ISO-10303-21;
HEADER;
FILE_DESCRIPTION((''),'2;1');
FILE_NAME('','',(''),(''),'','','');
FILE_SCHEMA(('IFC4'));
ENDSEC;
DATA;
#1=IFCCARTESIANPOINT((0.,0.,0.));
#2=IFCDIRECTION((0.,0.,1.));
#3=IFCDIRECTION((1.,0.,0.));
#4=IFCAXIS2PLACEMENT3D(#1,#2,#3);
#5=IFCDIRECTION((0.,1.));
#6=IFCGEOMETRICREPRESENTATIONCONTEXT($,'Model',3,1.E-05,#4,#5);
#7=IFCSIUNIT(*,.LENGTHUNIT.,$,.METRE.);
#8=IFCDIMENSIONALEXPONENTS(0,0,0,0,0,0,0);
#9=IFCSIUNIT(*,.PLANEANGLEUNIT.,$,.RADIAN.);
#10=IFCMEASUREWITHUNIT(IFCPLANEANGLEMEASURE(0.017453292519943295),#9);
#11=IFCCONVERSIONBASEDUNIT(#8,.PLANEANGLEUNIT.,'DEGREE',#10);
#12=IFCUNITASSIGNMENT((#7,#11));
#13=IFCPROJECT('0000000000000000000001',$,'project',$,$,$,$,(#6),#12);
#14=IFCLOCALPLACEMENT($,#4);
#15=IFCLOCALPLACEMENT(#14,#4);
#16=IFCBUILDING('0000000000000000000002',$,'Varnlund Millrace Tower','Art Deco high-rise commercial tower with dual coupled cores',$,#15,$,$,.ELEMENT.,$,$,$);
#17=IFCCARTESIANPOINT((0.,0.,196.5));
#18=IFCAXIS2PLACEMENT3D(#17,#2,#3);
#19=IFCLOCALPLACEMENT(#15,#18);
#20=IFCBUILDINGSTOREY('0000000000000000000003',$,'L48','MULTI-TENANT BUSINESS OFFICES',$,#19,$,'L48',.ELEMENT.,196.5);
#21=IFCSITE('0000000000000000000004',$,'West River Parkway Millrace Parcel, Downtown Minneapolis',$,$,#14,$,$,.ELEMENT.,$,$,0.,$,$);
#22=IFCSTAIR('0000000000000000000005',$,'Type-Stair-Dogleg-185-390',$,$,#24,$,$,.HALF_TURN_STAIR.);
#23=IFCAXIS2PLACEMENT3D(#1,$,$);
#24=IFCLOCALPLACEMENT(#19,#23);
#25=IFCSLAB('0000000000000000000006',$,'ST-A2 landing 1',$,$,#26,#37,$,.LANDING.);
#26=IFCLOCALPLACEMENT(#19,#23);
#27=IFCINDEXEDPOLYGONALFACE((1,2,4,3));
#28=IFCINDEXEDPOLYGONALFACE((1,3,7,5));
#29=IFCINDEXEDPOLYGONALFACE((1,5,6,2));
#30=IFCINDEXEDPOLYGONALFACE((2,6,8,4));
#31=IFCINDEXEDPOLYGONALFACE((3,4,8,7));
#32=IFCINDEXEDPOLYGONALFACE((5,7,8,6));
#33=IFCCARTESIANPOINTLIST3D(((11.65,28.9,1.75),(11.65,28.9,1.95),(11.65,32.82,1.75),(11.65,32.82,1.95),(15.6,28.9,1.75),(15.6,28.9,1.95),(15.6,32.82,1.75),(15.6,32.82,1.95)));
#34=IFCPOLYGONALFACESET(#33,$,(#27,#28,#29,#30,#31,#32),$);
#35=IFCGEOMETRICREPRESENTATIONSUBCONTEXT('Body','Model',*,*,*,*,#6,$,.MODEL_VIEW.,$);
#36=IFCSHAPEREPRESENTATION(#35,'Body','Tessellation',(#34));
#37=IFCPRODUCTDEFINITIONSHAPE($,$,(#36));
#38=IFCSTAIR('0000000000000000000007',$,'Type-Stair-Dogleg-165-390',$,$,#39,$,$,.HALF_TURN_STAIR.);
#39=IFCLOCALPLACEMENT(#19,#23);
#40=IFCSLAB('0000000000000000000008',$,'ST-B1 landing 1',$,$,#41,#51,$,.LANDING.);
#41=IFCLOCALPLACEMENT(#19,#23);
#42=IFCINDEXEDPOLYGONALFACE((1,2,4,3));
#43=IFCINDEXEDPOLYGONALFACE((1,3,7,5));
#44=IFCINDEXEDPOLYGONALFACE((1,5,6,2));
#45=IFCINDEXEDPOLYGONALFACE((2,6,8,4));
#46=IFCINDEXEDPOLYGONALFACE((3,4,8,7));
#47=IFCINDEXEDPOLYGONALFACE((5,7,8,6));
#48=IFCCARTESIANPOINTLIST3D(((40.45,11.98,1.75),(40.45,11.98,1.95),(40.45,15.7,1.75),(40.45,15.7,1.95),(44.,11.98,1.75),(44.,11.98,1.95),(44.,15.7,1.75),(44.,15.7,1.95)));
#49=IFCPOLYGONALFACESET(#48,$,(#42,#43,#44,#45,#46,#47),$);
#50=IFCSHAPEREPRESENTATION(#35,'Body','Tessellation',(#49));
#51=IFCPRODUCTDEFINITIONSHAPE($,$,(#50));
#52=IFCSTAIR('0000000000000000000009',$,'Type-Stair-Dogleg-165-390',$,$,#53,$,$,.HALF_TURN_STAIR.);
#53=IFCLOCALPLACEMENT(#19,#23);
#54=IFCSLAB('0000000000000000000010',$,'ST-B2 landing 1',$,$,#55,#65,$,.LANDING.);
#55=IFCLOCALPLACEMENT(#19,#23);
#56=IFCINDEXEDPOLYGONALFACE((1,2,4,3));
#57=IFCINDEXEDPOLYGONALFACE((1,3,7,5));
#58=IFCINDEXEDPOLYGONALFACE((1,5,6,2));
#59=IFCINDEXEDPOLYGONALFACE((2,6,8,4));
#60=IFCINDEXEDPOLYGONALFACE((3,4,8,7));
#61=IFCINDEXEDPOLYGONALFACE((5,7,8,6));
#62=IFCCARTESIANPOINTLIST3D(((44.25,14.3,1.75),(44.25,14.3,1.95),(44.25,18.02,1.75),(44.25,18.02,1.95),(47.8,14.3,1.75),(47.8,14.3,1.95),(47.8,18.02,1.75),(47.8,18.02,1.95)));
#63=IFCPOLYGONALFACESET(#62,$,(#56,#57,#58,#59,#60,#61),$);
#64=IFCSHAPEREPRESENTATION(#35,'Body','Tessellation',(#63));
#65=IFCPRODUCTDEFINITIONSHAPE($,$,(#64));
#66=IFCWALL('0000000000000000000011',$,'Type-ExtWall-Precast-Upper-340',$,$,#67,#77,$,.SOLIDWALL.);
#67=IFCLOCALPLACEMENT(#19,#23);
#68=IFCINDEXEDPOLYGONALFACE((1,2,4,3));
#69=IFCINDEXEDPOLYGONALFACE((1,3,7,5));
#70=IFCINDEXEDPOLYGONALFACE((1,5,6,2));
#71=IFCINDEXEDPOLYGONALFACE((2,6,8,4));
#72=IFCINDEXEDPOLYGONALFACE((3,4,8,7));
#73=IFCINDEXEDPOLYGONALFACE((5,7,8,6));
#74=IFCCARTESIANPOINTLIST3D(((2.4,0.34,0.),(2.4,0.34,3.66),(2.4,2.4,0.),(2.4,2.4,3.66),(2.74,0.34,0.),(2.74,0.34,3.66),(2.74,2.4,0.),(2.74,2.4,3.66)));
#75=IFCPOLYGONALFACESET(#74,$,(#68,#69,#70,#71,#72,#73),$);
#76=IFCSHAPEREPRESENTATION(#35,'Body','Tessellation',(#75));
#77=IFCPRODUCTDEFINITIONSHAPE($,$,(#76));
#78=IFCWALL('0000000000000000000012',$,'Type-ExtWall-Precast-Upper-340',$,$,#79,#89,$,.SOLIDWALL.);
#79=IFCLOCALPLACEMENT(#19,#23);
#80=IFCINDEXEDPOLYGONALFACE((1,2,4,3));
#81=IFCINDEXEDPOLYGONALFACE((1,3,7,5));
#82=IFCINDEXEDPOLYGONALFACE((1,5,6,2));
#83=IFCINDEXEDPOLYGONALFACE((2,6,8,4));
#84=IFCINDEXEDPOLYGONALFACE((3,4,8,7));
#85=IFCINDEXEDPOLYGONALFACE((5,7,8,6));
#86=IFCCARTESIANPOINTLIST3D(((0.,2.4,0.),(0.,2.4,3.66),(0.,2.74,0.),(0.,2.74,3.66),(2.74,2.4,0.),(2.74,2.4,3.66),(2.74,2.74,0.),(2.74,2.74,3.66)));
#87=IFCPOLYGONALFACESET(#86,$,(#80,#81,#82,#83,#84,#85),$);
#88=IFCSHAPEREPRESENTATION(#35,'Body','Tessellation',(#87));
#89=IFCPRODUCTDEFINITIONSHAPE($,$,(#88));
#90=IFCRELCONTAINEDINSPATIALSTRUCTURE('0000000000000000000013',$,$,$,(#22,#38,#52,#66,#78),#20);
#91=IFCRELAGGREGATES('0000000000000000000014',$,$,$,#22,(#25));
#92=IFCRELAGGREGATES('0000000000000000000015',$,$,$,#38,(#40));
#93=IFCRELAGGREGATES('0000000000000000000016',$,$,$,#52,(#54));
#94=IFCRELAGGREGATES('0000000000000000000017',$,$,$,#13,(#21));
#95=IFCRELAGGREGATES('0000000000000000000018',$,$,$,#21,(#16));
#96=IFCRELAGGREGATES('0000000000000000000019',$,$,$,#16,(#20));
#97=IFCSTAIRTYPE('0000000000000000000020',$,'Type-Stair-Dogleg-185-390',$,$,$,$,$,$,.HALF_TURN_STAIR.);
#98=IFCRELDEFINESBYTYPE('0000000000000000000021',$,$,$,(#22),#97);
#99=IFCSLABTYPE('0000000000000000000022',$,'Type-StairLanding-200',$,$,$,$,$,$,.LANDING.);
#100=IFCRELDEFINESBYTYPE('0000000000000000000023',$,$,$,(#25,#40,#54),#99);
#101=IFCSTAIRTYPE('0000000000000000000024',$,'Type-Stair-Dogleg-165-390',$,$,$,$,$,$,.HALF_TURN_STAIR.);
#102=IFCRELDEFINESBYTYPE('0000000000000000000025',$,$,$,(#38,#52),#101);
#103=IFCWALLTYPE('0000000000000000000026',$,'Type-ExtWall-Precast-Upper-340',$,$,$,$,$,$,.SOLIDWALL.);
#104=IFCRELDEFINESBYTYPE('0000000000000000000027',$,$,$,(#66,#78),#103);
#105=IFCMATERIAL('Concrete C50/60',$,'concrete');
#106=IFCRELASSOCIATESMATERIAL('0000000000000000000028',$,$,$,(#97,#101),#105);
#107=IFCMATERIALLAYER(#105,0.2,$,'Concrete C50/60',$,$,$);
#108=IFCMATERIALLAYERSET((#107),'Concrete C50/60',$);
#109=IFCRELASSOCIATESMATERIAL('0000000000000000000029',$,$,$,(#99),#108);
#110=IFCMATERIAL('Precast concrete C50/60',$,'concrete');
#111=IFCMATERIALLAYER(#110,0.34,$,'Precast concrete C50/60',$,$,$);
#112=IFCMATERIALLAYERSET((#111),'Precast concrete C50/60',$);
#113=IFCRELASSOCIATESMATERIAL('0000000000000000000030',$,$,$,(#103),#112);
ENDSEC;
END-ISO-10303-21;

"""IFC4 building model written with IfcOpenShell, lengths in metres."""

from ifc_helpers import new_model, entity, si_unit, converted_unit, direction, frame, origin_with_axes, place, context, subcontext, project, spatial, polyline, outline, extrude, material, layer, layer_set, type_object, element, aggregate, save


model = new_model("IFC4")

# Units and contexts
model_context = context("Model", 3, precision=1e-05, world=origin_with_axes(), true_north=direction((0.0, 1.0)))
body_context = subcontext(model_context, "Body", "Model", "MODEL_VIEW")
ifc_project = project(units=[si_unit("LENGTHUNIT", "METRE"), converted_unit("PLANEANGLEUNIT", "DEGREE", entity("IfcPlaneAngleMeasure", 0.017453292519943295), si_unit("PLANEANGLEUNIT", "RADIAN"), dimensions=[0, 0, 0, 0, 0, 0, 0])], contexts=[model_context])

# Site, building, storey
site_placement = place(None, origin_with_axes())
site = spatial("IfcSite", under=ifc_project, at=site_placement, Name="West River Parkway Millrace Parcel, Downtown Minneapolis", CompositionType="ELEMENT", RefElevation=0.0)
building_placement = place(site_placement, origin_with_axes())
building = spatial("IfcBuilding", under=site, at=building_placement, Name="Varnlund Millrace Tower", Description="Art Deco high-rise commercial tower with dual coupled cores", CompositionType="ELEMENT")
storey_placement = place(building_placement, frame((0.0, 0.0, 196.5), z_axis=(0.0, 0.0, 1.0), x_axis=(1.0, 0.0, 0.0)))
storey = spatial("IfcBuildingStorey", under=building, at=storey_placement, Name="L48", Description="MULTI-TENANT BUSINESS OFFICES", LongName="L48", CompositionType="ELEMENT", Elevation=196.5)

# Stairs, slabs
ifc_material_1 = material(Name="Concrete C50/60", Category="concrete")
stair_type_1 = type_object("IfcStairType", Name="Type-Stair-Dogleg-185-390", PredefinedType="HALF_TURN_STAIR", material=ifc_material_1)
ifc_layer_1 = layer(ifc_material_1, 0.2, Name="Concrete C50/60")
ifc_layer_set_1 = layer_set([ifc_layer_1], Name="Concrete C50/60")
slab_type = type_object("IfcSlabType", Name="Type-StairLanding-200", PredefinedType="LANDING", material=ifc_layer_set_1)
stair_1_placement = place(storey_placement, origin_with_axes())
stair_1 = element("IfcStair", 1, at=stair_1_placement, inside=storey, type_object=stair_type_1, Name="Type-Stair-Dogleg-185-390", PredefinedType="HALF_TURN_STAIR")
slab_1_placement = place(storey_placement, frame((0.0, 0.0, 1.75), z_axis=(0.0, 0.0, 1.0), x_axis=(1.0, 0.0, 0.0)))
slab_1 = element("IfcSlab", 2, at=slab_1_placement, type_object=slab_type, Name="ST-A2 landing 1", PredefinedType="LANDING", context=body_context, shape_type="SweptSolid", body=[
    extrude(outline(polyline([(11.65, 32.82), (11.65, 28.9), (15.6, 28.9), (15.6, 32.82), (11.65, 32.82)])), origin_with_axes(), (0.0, 0.0, 1.0), 0.2),
])
aggregate(stair_1, [slab_1])
stair_type_2 = type_object("IfcStairType", Name="Type-Stair-Dogleg-165-390", PredefinedType="HALF_TURN_STAIR", material=ifc_material_1)
stair_2_placement = place(storey_placement, origin_with_axes())
stair_2 = element("IfcStair", 3, at=stair_2_placement, inside=storey, type_object=stair_type_2, Name="Type-Stair-Dogleg-165-390", PredefinedType="HALF_TURN_STAIR")
slab_2_placement = place(storey_placement, frame((0.0, 0.0, 1.75), z_axis=(0.0, 0.0, 1.0), x_axis=(1.0, 0.0, 0.0)))
slab_2 = element("IfcSlab", 4, at=slab_2_placement, type_object=slab_type, Name="ST-B1 landing 1", PredefinedType="LANDING", context=body_context, shape_type="SweptSolid", body=[
    extrude(outline(polyline([(44.0, 11.98), (44.0, 15.7), (40.45, 15.7), (40.45, 11.98), (44.0, 11.98)])), origin_with_axes(), (0.0, 0.0, 1.0), 0.2),
])
aggregate(stair_2, [slab_2])
stair_3_placement = place(storey_placement, origin_with_axes())
stair_3 = element("IfcStair", 5, at=stair_3_placement, inside=storey, type_object=stair_type_2, Name="Type-Stair-Dogleg-165-390", PredefinedType="HALF_TURN_STAIR")
slab_3_placement = place(storey_placement, frame((0.0, 0.0, 1.75), z_axis=(0.0, 0.0, 1.0), x_axis=(1.0, 0.0, 0.0)))
slab_3 = element("IfcSlab", 6, at=slab_3_placement, type_object=slab_type, Name="ST-B2 landing 1", PredefinedType="LANDING", context=body_context, shape_type="SweptSolid", body=[
    extrude(outline(polyline([(44.25, 18.02), (44.25, 14.3), (47.8, 14.3), (47.8, 18.02), (44.25, 18.02)])), origin_with_axes(), (0.0, 0.0, 1.0), 0.2),
])
aggregate(stair_3, [slab_3])

# Walls
ifc_material_2 = material(Name="Precast concrete C50/60", Category="concrete")
ifc_layer_2 = layer(ifc_material_2, 0.34, Name="Precast concrete C50/60")
ifc_layer_set_2 = layer_set([ifc_layer_2], Name="Precast concrete C50/60")
wall_type = type_object("IfcWallType", Name="Type-ExtWall-Precast-Upper-340", PredefinedType="SOLIDWALL", material=ifc_layer_set_2)
wall_1_placement = place(storey_placement, frame((2.57, 0.34, 0.0), z_axis=(0.0, 0.0, 1.0), x_axis=(0.0, 1.0, 0.0)))
element("IfcWall", 7, at=wall_1_placement, inside=storey, type_object=wall_type, Name="Type-ExtWall-Precast-Upper-340", PredefinedType="SOLIDWALL", context=body_context, shape_type="SweptSolid", body=[
    extrude(outline(polyline([(0.0, -0.17), (2.06, -0.17), (2.06, 0.17), (0.0, 0.17), (0.0, -0.17)])), origin_with_axes(), (0.0, 0.0, 1.0), 3.66),
])
wall_2_placement = place(storey_placement, frame((2.74, 2.57, 0.0), z_axis=(0.0, 0.0, 1.0), x_axis=(-1.0, 0.0, 0.0)))
element("IfcWall", 8, at=wall_2_placement, inside=storey, type_object=wall_type, Name="Type-ExtWall-Precast-Upper-340", PredefinedType="SOLIDWALL", context=body_context, shape_type="SweptSolid", body=[
    extrude(outline(polyline([(0.0, -0.17), (2.74, -0.17), (2.74, 0.17), (0.0, 0.17), (0.0, -0.17)])), origin_with_axes(), (0.0, 0.0, 1.0), 3.66),
])

save(model, "model.ifc")
